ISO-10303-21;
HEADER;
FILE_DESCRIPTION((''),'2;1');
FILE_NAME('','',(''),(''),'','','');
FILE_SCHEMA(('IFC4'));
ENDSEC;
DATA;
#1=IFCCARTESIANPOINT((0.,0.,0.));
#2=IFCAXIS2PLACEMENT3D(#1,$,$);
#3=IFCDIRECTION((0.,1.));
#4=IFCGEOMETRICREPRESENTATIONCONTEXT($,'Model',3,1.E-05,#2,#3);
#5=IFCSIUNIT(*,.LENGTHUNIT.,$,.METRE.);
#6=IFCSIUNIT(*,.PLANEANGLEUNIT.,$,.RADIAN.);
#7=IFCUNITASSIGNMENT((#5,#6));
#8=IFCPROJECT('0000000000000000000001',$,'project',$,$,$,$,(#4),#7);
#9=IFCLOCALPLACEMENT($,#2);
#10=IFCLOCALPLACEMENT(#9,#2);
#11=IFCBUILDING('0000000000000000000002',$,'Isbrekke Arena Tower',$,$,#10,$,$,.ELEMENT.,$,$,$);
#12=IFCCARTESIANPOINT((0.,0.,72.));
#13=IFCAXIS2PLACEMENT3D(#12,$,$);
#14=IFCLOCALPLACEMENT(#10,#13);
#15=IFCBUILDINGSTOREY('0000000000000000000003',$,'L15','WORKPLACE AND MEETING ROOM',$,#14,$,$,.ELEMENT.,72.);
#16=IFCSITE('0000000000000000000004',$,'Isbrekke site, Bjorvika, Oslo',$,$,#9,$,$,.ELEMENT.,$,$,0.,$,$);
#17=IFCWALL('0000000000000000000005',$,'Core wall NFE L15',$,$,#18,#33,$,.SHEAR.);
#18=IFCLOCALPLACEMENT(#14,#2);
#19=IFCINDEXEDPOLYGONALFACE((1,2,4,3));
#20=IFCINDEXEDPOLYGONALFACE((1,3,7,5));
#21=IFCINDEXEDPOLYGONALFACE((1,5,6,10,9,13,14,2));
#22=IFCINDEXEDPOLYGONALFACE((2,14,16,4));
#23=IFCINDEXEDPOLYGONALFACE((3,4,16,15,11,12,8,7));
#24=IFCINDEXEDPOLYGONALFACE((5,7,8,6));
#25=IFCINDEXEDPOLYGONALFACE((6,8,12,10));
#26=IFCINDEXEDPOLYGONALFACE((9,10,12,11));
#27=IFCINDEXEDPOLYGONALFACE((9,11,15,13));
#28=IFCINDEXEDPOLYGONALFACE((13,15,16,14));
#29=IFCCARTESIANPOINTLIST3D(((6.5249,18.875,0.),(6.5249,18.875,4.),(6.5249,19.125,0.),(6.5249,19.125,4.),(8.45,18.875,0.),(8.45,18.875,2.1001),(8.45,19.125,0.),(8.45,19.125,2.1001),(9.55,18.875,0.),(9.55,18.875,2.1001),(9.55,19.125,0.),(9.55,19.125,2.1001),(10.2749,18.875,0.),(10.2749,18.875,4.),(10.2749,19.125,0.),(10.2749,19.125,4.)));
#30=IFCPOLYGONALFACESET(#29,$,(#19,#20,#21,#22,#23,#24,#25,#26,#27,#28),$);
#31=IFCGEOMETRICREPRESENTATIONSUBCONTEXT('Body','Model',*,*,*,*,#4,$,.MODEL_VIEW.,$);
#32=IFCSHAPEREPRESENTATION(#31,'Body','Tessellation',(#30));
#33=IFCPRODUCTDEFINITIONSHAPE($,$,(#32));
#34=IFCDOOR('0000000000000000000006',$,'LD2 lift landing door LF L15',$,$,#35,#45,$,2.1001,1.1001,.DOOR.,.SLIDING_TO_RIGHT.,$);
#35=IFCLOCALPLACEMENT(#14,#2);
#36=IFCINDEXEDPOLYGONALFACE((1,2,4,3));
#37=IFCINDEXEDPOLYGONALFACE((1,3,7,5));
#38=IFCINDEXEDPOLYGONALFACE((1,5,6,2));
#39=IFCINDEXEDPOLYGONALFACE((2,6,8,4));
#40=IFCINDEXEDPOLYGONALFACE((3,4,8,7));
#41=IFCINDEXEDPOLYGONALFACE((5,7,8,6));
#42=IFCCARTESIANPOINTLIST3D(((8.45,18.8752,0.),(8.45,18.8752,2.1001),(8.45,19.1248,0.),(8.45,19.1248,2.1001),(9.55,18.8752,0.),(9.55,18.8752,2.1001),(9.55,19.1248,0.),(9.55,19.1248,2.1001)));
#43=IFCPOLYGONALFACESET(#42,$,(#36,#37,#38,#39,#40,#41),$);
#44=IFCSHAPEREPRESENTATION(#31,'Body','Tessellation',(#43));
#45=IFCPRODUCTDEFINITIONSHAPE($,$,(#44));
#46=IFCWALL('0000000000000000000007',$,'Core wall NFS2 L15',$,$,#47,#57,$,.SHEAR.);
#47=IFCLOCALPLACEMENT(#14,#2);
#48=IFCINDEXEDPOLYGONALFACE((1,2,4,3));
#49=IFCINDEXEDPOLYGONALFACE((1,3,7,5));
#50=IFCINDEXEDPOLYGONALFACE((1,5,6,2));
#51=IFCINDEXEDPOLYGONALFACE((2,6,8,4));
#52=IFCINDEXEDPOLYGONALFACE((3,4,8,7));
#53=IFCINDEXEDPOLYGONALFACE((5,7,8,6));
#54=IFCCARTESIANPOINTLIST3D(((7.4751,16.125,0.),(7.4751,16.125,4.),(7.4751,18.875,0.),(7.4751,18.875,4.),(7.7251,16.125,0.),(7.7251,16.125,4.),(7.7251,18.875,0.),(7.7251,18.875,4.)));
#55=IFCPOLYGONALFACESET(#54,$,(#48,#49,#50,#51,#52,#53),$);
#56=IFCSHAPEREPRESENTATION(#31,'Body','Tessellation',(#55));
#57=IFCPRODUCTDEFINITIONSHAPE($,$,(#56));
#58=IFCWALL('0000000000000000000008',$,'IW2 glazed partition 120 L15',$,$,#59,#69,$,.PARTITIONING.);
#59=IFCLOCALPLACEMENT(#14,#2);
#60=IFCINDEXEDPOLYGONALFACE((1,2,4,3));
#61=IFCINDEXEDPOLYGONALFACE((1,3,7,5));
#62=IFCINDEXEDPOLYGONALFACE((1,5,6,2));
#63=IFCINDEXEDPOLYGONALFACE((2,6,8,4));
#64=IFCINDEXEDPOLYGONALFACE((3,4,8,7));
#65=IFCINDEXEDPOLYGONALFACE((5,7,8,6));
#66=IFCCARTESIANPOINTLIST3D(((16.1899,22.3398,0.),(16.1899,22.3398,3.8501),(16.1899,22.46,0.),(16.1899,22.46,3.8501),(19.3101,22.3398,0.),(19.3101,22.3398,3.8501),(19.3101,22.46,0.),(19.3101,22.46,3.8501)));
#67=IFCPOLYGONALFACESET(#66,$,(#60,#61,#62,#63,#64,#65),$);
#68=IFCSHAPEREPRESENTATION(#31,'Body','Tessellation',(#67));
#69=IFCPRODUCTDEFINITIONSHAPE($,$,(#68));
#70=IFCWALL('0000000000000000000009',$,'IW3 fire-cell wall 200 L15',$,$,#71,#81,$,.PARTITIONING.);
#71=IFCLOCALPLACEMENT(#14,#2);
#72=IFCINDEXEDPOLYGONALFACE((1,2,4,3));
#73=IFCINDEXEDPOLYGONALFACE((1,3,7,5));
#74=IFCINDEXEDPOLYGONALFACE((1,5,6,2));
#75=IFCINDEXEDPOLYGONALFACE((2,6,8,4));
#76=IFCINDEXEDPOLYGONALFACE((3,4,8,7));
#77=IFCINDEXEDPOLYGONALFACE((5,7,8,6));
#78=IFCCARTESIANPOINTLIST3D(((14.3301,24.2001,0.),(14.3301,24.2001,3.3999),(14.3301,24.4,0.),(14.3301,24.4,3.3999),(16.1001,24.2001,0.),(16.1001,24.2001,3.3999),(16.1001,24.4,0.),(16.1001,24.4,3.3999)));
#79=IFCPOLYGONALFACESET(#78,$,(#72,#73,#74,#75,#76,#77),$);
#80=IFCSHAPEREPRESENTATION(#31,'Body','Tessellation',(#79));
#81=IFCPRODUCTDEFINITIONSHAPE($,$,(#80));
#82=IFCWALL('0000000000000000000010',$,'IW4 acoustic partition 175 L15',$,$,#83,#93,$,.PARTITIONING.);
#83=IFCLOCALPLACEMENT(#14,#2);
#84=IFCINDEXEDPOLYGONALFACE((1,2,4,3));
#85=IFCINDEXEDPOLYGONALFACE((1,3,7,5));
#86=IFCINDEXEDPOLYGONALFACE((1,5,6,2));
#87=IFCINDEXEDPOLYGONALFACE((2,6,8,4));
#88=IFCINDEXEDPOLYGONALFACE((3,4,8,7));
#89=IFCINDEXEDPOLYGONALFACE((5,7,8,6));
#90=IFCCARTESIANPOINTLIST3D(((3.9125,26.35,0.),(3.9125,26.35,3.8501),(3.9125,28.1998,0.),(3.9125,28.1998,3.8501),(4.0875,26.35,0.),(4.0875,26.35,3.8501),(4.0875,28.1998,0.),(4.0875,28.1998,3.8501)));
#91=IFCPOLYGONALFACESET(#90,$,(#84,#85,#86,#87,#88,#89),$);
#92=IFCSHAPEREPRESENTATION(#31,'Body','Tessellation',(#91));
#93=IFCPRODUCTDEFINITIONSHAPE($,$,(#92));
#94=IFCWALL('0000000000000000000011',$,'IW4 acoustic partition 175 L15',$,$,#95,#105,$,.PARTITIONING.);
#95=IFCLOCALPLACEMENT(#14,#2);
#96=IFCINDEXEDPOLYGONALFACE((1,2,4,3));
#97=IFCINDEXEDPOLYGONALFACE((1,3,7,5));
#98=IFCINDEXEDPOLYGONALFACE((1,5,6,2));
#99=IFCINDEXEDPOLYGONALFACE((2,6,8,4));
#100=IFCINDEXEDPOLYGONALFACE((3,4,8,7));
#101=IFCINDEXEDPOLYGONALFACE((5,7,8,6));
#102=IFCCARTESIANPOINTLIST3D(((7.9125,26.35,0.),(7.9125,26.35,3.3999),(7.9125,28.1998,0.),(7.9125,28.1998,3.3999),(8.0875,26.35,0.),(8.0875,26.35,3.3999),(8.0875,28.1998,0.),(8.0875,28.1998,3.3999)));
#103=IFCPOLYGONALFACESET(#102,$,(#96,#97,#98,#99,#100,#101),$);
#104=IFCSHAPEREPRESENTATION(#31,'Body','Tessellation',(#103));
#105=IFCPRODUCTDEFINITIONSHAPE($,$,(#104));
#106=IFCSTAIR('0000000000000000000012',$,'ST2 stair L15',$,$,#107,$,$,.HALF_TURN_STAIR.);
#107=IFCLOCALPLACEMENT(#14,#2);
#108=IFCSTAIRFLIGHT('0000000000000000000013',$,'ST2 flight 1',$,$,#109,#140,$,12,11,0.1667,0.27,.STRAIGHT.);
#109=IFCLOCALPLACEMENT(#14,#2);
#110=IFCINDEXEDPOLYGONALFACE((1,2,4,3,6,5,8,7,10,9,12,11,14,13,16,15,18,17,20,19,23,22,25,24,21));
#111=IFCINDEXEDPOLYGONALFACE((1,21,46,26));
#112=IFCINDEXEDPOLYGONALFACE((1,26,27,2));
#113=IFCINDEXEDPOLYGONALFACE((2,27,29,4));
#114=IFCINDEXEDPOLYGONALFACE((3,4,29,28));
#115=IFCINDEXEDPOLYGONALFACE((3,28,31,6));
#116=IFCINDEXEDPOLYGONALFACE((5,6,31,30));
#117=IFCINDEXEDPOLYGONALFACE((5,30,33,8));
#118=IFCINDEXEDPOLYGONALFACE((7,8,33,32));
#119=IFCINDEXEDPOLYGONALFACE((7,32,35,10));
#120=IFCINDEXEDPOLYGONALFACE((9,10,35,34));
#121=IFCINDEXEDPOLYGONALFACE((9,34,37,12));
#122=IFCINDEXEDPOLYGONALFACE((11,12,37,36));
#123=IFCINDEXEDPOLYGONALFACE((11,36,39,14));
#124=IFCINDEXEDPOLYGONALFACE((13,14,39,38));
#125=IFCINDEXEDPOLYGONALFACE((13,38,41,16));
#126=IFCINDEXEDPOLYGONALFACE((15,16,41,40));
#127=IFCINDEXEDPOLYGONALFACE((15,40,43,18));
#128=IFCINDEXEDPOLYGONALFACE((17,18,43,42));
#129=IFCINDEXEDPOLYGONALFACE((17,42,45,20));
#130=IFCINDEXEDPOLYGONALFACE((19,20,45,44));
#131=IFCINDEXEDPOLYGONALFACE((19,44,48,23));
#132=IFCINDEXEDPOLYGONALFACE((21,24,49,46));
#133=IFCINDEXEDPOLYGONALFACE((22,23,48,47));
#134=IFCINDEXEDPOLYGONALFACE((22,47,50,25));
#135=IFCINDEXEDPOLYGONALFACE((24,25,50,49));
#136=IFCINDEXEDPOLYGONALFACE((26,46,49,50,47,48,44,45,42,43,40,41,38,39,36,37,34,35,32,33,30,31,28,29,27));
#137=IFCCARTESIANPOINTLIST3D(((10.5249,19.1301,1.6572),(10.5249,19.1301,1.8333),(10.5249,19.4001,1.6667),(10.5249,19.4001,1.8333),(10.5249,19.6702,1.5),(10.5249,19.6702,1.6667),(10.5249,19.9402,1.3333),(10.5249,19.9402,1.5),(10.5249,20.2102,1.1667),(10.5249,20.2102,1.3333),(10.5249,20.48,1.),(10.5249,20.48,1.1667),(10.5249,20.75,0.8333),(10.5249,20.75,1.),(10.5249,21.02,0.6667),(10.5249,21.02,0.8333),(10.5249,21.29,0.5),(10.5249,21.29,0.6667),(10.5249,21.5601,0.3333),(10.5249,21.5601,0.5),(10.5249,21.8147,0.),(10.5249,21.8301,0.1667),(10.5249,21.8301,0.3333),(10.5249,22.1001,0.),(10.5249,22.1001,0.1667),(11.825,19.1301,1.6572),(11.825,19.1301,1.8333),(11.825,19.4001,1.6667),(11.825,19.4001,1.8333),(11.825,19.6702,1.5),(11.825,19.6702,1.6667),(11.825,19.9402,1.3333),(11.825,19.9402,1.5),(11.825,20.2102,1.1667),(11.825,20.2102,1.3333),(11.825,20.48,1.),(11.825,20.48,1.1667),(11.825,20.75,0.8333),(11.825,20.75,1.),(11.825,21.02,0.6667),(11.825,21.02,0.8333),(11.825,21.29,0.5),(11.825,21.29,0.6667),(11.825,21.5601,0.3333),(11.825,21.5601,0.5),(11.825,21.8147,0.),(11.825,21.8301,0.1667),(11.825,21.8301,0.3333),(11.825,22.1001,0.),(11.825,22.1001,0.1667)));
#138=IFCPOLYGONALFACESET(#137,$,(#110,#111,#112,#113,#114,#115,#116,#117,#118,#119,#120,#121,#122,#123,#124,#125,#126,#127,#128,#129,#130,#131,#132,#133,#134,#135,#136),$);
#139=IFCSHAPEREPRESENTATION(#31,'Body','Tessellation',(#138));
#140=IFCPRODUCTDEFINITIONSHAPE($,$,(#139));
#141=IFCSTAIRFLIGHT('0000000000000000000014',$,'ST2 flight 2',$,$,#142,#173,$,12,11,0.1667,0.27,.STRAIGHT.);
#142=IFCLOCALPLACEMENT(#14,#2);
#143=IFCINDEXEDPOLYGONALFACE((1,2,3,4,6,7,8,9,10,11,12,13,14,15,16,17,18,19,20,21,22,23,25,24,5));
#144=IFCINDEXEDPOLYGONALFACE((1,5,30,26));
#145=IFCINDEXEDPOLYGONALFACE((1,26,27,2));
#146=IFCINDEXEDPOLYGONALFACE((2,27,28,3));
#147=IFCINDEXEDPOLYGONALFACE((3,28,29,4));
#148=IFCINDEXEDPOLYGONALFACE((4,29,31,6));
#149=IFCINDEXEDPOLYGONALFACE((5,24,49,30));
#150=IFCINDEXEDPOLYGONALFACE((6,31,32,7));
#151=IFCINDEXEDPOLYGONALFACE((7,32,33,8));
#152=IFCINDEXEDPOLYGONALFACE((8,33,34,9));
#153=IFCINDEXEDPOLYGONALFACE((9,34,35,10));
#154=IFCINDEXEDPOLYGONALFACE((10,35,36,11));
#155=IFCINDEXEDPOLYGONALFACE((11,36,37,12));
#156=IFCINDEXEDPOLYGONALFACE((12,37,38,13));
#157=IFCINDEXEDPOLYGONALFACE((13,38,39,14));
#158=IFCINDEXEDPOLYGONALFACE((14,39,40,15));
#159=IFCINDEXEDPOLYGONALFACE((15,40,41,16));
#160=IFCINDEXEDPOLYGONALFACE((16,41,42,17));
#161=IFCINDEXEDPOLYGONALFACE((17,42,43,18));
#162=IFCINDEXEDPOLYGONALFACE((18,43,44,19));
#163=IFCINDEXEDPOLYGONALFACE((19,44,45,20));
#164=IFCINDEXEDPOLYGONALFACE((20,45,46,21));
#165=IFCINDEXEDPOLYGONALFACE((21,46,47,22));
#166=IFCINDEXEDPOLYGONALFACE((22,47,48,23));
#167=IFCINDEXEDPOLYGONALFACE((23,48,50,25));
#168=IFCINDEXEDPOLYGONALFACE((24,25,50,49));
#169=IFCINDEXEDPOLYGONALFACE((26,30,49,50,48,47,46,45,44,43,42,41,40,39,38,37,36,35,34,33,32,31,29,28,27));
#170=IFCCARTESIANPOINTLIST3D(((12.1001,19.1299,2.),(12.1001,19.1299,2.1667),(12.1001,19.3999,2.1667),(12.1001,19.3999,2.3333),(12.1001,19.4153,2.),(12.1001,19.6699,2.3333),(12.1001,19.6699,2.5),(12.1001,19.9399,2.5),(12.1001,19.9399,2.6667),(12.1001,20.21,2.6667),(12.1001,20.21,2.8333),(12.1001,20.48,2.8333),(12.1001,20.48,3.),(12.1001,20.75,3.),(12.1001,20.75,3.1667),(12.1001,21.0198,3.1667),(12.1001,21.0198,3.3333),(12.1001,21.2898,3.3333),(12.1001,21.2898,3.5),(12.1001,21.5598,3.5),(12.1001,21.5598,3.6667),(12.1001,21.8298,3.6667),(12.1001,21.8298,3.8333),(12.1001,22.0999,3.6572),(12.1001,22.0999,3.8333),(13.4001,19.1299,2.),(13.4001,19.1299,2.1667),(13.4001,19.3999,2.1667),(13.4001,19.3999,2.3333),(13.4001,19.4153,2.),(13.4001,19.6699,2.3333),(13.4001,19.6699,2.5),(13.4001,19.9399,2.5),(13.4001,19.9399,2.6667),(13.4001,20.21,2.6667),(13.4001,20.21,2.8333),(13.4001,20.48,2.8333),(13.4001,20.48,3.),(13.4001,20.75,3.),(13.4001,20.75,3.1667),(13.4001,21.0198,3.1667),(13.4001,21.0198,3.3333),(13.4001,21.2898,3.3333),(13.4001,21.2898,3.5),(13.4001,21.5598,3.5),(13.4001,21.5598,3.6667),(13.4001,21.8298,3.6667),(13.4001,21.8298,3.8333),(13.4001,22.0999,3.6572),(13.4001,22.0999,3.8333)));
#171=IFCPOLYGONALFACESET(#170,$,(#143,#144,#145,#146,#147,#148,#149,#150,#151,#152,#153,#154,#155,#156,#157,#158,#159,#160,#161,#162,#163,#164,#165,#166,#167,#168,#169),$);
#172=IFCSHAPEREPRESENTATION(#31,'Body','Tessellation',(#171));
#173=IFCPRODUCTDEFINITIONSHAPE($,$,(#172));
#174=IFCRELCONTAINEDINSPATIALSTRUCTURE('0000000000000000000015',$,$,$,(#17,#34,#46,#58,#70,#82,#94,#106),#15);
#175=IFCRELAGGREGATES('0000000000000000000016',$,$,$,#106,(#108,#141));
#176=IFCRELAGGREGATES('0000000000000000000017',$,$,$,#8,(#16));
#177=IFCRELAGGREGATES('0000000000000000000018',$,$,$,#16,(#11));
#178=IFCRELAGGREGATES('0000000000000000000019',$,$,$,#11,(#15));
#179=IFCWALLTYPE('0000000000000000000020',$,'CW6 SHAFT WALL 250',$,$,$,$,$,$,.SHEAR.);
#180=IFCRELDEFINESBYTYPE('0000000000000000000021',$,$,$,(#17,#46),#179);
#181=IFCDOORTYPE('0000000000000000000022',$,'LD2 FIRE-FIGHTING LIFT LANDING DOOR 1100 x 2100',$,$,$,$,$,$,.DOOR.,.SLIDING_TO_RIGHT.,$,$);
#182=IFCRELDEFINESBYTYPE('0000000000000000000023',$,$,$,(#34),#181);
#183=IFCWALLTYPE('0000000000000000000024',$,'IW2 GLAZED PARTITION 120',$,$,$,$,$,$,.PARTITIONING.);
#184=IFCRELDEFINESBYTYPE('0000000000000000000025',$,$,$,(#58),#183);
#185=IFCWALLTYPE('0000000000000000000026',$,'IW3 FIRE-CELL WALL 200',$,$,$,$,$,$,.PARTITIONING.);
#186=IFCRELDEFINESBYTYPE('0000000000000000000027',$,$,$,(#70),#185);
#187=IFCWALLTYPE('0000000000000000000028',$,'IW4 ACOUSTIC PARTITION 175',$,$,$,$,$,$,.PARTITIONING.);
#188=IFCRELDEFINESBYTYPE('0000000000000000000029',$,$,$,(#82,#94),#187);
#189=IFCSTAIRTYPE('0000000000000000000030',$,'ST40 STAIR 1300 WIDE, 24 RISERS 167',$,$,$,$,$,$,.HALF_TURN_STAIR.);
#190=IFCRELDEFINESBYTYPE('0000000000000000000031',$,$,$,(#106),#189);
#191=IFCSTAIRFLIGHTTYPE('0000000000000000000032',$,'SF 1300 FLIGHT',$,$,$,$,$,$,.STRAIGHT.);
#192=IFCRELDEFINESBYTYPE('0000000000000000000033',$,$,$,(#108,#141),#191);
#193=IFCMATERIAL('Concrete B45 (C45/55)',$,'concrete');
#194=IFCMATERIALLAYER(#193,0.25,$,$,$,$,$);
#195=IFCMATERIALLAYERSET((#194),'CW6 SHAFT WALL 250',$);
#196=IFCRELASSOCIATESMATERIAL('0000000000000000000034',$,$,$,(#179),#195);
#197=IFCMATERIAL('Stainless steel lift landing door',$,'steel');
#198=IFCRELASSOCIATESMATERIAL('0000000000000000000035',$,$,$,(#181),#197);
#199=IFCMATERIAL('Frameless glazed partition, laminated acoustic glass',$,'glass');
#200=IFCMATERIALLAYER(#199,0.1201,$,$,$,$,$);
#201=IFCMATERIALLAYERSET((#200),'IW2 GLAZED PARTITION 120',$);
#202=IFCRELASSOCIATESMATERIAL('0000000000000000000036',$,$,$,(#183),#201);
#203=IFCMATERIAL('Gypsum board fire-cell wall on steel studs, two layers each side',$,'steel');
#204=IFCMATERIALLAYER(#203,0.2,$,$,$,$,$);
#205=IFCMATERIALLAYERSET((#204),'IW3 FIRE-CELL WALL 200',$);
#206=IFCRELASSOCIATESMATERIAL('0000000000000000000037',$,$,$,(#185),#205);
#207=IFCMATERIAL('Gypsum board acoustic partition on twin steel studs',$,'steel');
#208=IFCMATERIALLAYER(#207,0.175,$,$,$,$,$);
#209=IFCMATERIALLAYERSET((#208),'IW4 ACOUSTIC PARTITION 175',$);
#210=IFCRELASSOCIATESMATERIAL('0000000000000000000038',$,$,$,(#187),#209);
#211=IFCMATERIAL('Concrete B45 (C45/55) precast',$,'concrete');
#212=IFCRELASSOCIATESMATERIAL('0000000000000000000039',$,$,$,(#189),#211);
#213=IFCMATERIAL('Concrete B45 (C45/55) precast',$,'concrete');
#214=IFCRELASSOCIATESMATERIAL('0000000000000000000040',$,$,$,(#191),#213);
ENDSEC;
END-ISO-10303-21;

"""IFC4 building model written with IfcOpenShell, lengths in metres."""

from ifc_helpers import new_model, si_unit, direction, frame, frame_2d, origin, place, context, subcontext, project, spatial, polyline, rectangle, outline, extrude, material, layer, layer_set, type_object, element, fill, aggregate, save


model = new_model("IFC4")

# Units and contexts
model_context = context("Model", 3, precision=1e-05, world=origin(), true_north=direction((0.0, 1.0)))
body_context = subcontext(model_context, "Body", "Model", "MODEL_VIEW")
ifc_project = project(units=[si_unit("LENGTHUNIT", "METRE"), si_unit("PLANEANGLEUNIT", "RADIAN")], contexts=[model_context])

# Site, building, storey
site_placement = place(None, origin())
site = spatial("IfcSite", under=ifc_project, at=site_placement, Name="Isbrekke site, Bjorvika, Oslo", CompositionType="ELEMENT", RefElevation=0.0)
building_placement = place(site_placement, origin())
building = spatial("IfcBuilding", under=site, at=building_placement, Name="Isbrekke Arena Tower", CompositionType="ELEMENT")
storey_placement = place(building_placement, frame((0.0, 0.0, 72.0)))
storey = spatial("IfcBuildingStorey", under=building, at=storey_placement, Name="L15", Description="WORKPLACE AND MEETING ROOM", CompositionType="ELEMENT", Elevation=72.0)

# Shared definitions
ifc_material_1 = material(Name="Concrete B45 (C45/55)", Category="concrete")
ifc_layer_1 = layer(ifc_material_1, 0.25)
ifc_layer_set_1 = layer_set([ifc_layer_1], Name="CW6 SHAFT WALL 250")
wall_type_1 = type_object("IfcWallType", Name="CW6 SHAFT WALL 250", PredefinedType="SHEAR", material=ifc_layer_set_1)

# Wall, opening, door
wall_1_placement = place(storey_placement, frame((6.5249, 19.0, 0.0), z_axis=(0.0, 0.0, 1.0), x_axis=(1.0, 0.0, 0.0)))
wall_1 = element("IfcWall", 1, at=wall_1_placement, inside=storey, type_object=wall_type_1, Name="Core wall NFE L15", PredefinedType="SHEAR", context=body_context, shape_type="SweptSolid", body=[
    extrude(rectangle(XDim=3.75, YDim=0.25, at=frame_2d((1.875, 0.0))), origin(), (0.0, 0.0, 1.0), 4.0),
])
opening_1_placement = place(wall_1_placement, frame((1.925, 0.0, 0.0)))
opening_1 = element("IfcOpeningElement", 2, at=opening_1_placement, cuts=wall_1, PredefinedType="OPENING", context=body_context, shape_type="SweptSolid", body=[
    extrude(rectangle(XDim=1.1001, YDim=2.1001, at=frame_2d((0.55, 1.05))), frame((0.0, 0.1399, 0.0), z_axis=(0.0, -1.0, 0.0), x_axis=(1.0, 0.0, 0.0)), (0.0, 0.0, 1.0), 0.2798),
])
ifc_material_2 = material(Name="Stainless steel lift landing door", Category="steel")
door_type_1 = type_object("IfcDoorType", Name="LD2 FIRE-FIGHTING LIFT LANDING DOOR 1100 x 2100", OperationType="SLIDING_TO_RIGHT", PredefinedType="DOOR", material=ifc_material_2)
door_1_placement = place(opening_1_placement, origin())
door_1 = element("IfcDoor", 3, at=door_1_placement, inside=storey, type_object=door_type_1, Name="LD2 lift landing door LF L15", OperationType="SLIDING_TO_RIGHT", OverallHeight=2.1001, OverallWidth=1.1001, PredefinedType="DOOR", context=body_context, shape_type="SweptSolid", body=[
    extrude(rectangle(XDim=1.1001, YDim=2.1001, at=frame_2d((0.55, 1.05))), frame((0.0, 0.1248, 0.0), z_axis=(0.0, -1.0, 0.0), x_axis=(1.0, 0.0, 0.0)), (0.0, 0.0, 1.0), 0.2495),
])
fill(opening_1, door_1)

# Walls
wall_2_placement = place(storey_placement, frame((7.6001, 16.125, 0.0), z_axis=(0.0, 0.0, 1.0), x_axis=(0.0, 1.0, 0.0)))
element("IfcWall", 4, at=wall_2_placement, inside=storey, type_object=wall_type_1, Name="Core wall NFS2 L15", PredefinedType="SHEAR", context=body_context, shape_type="SweptSolid", body=[
    extrude(rectangle(XDim=2.75, YDim=0.25, at=frame_2d((1.375, 0.0))), origin(), (0.0, 0.0, 1.0), 4.0),
])
ifc_material_3 = material(Name="Frameless glazed partition, laminated acoustic glass", Category="glass")
ifc_layer_2 = layer(ifc_material_3, 0.1201)
ifc_layer_set_2 = layer_set([ifc_layer_2], Name="IW2 GLAZED PARTITION 120")
wall_type_2 = type_object("IfcWallType", Name="IW2 GLAZED PARTITION 120", PredefinedType="PARTITIONING", material=ifc_layer_set_2)
wall_3_placement = place(storey_placement, frame((16.1899, 22.3999, 0.0), z_axis=(0.0, 0.0, 1.0), x_axis=(1.0, 0.0, 0.0)))
element("IfcWall", 5, at=wall_3_placement, inside=storey, type_object=wall_type_2, Name="IW2 glazed partition 120 L15", PredefinedType="PARTITIONING", context=body_context, shape_type="SweptSolid", body=[
    extrude(rectangle(XDim=3.1201, YDim=0.1201, at=frame_2d((1.5601, 0.0))), origin(), (0.0, 0.0, 1.0), 3.8501),
])
ifc_material_4 = material(Name="Gypsum board fire-cell wall on steel studs, two layers each side", Category="steel")
ifc_layer_3 = layer(ifc_material_4, 0.2)
ifc_layer_set_3 = layer_set([ifc_layer_3], Name="IW3 FIRE-CELL WALL 200")
wall_type_3 = type_object("IfcWallType", Name="IW3 FIRE-CELL WALL 200", PredefinedType="PARTITIONING", material=ifc_layer_set_3)
wall_4_placement = place(storey_placement, frame((14.3301, 24.3, 0.0), z_axis=(0.0, 0.0, 1.0), x_axis=(1.0, 0.0, 0.0)))
element("IfcWall", 6, at=wall_4_placement, inside=storey, type_object=wall_type_3, Name="IW3 fire-cell wall 200 L15", PredefinedType="PARTITIONING", context=body_context, shape_type="SweptSolid", body=[
    extrude(rectangle(XDim=1.77, YDim=0.2, at=frame_2d((0.885, 0.0))), origin(), (0.0, 0.0, 1.0), 3.3999),
])

# Walls
ifc_material_5 = material(Name="Gypsum board acoustic partition on twin steel studs", Category="steel")
ifc_layer_4 = layer(ifc_material_5, 0.175)
ifc_layer_set_4 = layer_set([ifc_layer_4], Name="IW4 ACOUSTIC PARTITION 175")
wall_type_4 = type_object("IfcWallType", Name="IW4 ACOUSTIC PARTITION 175", PredefinedType="PARTITIONING", material=ifc_layer_set_4)
wall_5_placement = place(storey_placement, frame((4.0, 26.3501, 0.0), z_axis=(0.0, 0.0, 1.0), x_axis=(0.0, 1.0, 0.0)))
element("IfcWall", 7, at=wall_5_placement, inside=storey, type_object=wall_type_4, Name="IW4 acoustic partition 175 L15", PredefinedType="PARTITIONING", context=body_context, shape_type="SweptSolid", body=[
    extrude(rectangle(XDim=1.8499, YDim=0.175, at=frame_2d((0.9248, 0.0))), origin(), (0.0, 0.0, 1.0), 3.8501),
])
wall_6_placement = place(storey_placement, frame((8.0, 26.3501, 0.0), z_axis=(0.0, 0.0, 1.0), x_axis=(0.0, 1.0, 0.0)))
element("IfcWall", 8, at=wall_6_placement, inside=storey, type_object=wall_type_4, Name="IW4 acoustic partition 175 L15", PredefinedType="PARTITIONING", context=body_context, shape_type="SweptSolid", body=[
    extrude(rectangle(XDim=1.8499, YDim=0.175, at=frame_2d((0.9248, 0.0))), origin(), (0.0, 0.0, 1.0), 3.3999),
])

# Stair, stair flights
ifc_material_6 = material(Name="Concrete B45 (C45/55) precast", Category="concrete")
stair_type = type_object("IfcStairType", Name="ST40 STAIR 1300 WIDE, 24 RISERS 167", PredefinedType="HALF_TURN_STAIR", material=ifc_material_6)
stair_placement = place(storey_placement, origin())
stair = element("IfcStair", 9, at=stair_placement, inside=storey, type_object=stair_type, Name="ST2 stair L15", PredefinedType="HALF_TURN_STAIR")
ifc_material_7 = material(Name="Concrete B45 (C45/55) precast", Category="concrete")
stair_flight_type = type_object("IfcStairFlightType", Name="SF 1300 FLIGHT", PredefinedType="STRAIGHT", material=ifc_material_7)
stair_flight_1_placement = place(storey_placement, frame((11.175, 22.1001, 0.0), z_axis=(0.0, 0.0, 1.0), x_axis=(0.0, -1.0, 0.0)))
stair_flight_1 = element("IfcStairFlight", 10, at=stair_flight_1_placement, type_object=stair_flight_type, Name="ST2 flight 1", NumberOfRisers=12, NumberOfTreads=11, PredefinedType="STRAIGHT", RiserHeight=0.1667, TreadLength=0.27, context=body_context, shape_type="SweptSolid", body=[
    extrude(outline(polyline([(0.0, 0.0), (0.0, 0.1667), (0.27, 0.1667), (0.27, 0.3333), (0.54, 0.3333), (0.54, 0.5), (0.8101, 0.5), (0.8101, 0.6667), (1.0801, 0.6667), (1.0801, 0.8333), (1.3501, 0.8333), (1.3501, 1.0), (1.6201, 1.0), (1.6201, 1.1667), (1.8899, 1.1667), (1.8899, 1.3333), (2.1599, 1.3333), (2.1599, 1.5), (2.4299, 1.5), (2.4299, 1.6667), (2.7, 1.6667), (2.7, 1.8333), (2.97, 1.8333), (2.97, 2.0), (2.97, 1.6572), (0.2854, 0.0), (0.0, 0.0)])), frame((0.0, 0.6499, 0.0), z_axis=(0.0, -1.0, 0.0), x_axis=(1.0, 0.0, 0.0)), (0.0, 0.0, 1.0), 1.3),
])
stair_flight_2_placement = place(storey_placement, frame((12.75, 19.1299, 2.0), z_axis=(0.0, 0.0, 1.0), x_axis=(0.0, 1.0, 0.0)))
stair_flight_2 = element("IfcStairFlight", 11, at=stair_flight_2_placement, type_object=stair_flight_type, Name="ST2 flight 2", NumberOfRisers=12, NumberOfTreads=11, PredefinedType="STRAIGHT", RiserHeight=0.1667, TreadLength=0.27, context=body_context, shape_type="SweptSolid", body=[
    extrude(outline(polyline([(0.0, 0.0), (0.0, 0.1667), (0.27, 0.1667), (0.27, 0.3333), (0.54, 0.3333), (0.54, 0.5), (0.8101, 0.5), (0.8101, 0.6667), (1.0801, 0.6667), (1.0801, 0.8333), (1.3501, 0.8333), (1.3501, 1.0), (1.6201, 1.0), (1.6201, 1.1667), (1.8899, 1.1667), (1.8899, 1.3333), (2.1599, 1.3333), (2.1599, 1.5), (2.4299, 1.5), (2.4299, 1.6667), (2.7, 1.6667), (2.7, 1.8333), (2.97, 1.8333), (2.97, 2.0), (2.97, 1.6572), (0.2854, 0.0), (0.0, 0.0)])), frame((0.0, 0.6499, 0.0), z_axis=(0.0, -1.0, 0.0), x_axis=(1.0, 0.0, 0.0)), (0.0, 0.0, 1.0), 1.3),
])
aggregate(stair, [stair_flight_1, stair_flight_2])

save(model, "model.ifc")
